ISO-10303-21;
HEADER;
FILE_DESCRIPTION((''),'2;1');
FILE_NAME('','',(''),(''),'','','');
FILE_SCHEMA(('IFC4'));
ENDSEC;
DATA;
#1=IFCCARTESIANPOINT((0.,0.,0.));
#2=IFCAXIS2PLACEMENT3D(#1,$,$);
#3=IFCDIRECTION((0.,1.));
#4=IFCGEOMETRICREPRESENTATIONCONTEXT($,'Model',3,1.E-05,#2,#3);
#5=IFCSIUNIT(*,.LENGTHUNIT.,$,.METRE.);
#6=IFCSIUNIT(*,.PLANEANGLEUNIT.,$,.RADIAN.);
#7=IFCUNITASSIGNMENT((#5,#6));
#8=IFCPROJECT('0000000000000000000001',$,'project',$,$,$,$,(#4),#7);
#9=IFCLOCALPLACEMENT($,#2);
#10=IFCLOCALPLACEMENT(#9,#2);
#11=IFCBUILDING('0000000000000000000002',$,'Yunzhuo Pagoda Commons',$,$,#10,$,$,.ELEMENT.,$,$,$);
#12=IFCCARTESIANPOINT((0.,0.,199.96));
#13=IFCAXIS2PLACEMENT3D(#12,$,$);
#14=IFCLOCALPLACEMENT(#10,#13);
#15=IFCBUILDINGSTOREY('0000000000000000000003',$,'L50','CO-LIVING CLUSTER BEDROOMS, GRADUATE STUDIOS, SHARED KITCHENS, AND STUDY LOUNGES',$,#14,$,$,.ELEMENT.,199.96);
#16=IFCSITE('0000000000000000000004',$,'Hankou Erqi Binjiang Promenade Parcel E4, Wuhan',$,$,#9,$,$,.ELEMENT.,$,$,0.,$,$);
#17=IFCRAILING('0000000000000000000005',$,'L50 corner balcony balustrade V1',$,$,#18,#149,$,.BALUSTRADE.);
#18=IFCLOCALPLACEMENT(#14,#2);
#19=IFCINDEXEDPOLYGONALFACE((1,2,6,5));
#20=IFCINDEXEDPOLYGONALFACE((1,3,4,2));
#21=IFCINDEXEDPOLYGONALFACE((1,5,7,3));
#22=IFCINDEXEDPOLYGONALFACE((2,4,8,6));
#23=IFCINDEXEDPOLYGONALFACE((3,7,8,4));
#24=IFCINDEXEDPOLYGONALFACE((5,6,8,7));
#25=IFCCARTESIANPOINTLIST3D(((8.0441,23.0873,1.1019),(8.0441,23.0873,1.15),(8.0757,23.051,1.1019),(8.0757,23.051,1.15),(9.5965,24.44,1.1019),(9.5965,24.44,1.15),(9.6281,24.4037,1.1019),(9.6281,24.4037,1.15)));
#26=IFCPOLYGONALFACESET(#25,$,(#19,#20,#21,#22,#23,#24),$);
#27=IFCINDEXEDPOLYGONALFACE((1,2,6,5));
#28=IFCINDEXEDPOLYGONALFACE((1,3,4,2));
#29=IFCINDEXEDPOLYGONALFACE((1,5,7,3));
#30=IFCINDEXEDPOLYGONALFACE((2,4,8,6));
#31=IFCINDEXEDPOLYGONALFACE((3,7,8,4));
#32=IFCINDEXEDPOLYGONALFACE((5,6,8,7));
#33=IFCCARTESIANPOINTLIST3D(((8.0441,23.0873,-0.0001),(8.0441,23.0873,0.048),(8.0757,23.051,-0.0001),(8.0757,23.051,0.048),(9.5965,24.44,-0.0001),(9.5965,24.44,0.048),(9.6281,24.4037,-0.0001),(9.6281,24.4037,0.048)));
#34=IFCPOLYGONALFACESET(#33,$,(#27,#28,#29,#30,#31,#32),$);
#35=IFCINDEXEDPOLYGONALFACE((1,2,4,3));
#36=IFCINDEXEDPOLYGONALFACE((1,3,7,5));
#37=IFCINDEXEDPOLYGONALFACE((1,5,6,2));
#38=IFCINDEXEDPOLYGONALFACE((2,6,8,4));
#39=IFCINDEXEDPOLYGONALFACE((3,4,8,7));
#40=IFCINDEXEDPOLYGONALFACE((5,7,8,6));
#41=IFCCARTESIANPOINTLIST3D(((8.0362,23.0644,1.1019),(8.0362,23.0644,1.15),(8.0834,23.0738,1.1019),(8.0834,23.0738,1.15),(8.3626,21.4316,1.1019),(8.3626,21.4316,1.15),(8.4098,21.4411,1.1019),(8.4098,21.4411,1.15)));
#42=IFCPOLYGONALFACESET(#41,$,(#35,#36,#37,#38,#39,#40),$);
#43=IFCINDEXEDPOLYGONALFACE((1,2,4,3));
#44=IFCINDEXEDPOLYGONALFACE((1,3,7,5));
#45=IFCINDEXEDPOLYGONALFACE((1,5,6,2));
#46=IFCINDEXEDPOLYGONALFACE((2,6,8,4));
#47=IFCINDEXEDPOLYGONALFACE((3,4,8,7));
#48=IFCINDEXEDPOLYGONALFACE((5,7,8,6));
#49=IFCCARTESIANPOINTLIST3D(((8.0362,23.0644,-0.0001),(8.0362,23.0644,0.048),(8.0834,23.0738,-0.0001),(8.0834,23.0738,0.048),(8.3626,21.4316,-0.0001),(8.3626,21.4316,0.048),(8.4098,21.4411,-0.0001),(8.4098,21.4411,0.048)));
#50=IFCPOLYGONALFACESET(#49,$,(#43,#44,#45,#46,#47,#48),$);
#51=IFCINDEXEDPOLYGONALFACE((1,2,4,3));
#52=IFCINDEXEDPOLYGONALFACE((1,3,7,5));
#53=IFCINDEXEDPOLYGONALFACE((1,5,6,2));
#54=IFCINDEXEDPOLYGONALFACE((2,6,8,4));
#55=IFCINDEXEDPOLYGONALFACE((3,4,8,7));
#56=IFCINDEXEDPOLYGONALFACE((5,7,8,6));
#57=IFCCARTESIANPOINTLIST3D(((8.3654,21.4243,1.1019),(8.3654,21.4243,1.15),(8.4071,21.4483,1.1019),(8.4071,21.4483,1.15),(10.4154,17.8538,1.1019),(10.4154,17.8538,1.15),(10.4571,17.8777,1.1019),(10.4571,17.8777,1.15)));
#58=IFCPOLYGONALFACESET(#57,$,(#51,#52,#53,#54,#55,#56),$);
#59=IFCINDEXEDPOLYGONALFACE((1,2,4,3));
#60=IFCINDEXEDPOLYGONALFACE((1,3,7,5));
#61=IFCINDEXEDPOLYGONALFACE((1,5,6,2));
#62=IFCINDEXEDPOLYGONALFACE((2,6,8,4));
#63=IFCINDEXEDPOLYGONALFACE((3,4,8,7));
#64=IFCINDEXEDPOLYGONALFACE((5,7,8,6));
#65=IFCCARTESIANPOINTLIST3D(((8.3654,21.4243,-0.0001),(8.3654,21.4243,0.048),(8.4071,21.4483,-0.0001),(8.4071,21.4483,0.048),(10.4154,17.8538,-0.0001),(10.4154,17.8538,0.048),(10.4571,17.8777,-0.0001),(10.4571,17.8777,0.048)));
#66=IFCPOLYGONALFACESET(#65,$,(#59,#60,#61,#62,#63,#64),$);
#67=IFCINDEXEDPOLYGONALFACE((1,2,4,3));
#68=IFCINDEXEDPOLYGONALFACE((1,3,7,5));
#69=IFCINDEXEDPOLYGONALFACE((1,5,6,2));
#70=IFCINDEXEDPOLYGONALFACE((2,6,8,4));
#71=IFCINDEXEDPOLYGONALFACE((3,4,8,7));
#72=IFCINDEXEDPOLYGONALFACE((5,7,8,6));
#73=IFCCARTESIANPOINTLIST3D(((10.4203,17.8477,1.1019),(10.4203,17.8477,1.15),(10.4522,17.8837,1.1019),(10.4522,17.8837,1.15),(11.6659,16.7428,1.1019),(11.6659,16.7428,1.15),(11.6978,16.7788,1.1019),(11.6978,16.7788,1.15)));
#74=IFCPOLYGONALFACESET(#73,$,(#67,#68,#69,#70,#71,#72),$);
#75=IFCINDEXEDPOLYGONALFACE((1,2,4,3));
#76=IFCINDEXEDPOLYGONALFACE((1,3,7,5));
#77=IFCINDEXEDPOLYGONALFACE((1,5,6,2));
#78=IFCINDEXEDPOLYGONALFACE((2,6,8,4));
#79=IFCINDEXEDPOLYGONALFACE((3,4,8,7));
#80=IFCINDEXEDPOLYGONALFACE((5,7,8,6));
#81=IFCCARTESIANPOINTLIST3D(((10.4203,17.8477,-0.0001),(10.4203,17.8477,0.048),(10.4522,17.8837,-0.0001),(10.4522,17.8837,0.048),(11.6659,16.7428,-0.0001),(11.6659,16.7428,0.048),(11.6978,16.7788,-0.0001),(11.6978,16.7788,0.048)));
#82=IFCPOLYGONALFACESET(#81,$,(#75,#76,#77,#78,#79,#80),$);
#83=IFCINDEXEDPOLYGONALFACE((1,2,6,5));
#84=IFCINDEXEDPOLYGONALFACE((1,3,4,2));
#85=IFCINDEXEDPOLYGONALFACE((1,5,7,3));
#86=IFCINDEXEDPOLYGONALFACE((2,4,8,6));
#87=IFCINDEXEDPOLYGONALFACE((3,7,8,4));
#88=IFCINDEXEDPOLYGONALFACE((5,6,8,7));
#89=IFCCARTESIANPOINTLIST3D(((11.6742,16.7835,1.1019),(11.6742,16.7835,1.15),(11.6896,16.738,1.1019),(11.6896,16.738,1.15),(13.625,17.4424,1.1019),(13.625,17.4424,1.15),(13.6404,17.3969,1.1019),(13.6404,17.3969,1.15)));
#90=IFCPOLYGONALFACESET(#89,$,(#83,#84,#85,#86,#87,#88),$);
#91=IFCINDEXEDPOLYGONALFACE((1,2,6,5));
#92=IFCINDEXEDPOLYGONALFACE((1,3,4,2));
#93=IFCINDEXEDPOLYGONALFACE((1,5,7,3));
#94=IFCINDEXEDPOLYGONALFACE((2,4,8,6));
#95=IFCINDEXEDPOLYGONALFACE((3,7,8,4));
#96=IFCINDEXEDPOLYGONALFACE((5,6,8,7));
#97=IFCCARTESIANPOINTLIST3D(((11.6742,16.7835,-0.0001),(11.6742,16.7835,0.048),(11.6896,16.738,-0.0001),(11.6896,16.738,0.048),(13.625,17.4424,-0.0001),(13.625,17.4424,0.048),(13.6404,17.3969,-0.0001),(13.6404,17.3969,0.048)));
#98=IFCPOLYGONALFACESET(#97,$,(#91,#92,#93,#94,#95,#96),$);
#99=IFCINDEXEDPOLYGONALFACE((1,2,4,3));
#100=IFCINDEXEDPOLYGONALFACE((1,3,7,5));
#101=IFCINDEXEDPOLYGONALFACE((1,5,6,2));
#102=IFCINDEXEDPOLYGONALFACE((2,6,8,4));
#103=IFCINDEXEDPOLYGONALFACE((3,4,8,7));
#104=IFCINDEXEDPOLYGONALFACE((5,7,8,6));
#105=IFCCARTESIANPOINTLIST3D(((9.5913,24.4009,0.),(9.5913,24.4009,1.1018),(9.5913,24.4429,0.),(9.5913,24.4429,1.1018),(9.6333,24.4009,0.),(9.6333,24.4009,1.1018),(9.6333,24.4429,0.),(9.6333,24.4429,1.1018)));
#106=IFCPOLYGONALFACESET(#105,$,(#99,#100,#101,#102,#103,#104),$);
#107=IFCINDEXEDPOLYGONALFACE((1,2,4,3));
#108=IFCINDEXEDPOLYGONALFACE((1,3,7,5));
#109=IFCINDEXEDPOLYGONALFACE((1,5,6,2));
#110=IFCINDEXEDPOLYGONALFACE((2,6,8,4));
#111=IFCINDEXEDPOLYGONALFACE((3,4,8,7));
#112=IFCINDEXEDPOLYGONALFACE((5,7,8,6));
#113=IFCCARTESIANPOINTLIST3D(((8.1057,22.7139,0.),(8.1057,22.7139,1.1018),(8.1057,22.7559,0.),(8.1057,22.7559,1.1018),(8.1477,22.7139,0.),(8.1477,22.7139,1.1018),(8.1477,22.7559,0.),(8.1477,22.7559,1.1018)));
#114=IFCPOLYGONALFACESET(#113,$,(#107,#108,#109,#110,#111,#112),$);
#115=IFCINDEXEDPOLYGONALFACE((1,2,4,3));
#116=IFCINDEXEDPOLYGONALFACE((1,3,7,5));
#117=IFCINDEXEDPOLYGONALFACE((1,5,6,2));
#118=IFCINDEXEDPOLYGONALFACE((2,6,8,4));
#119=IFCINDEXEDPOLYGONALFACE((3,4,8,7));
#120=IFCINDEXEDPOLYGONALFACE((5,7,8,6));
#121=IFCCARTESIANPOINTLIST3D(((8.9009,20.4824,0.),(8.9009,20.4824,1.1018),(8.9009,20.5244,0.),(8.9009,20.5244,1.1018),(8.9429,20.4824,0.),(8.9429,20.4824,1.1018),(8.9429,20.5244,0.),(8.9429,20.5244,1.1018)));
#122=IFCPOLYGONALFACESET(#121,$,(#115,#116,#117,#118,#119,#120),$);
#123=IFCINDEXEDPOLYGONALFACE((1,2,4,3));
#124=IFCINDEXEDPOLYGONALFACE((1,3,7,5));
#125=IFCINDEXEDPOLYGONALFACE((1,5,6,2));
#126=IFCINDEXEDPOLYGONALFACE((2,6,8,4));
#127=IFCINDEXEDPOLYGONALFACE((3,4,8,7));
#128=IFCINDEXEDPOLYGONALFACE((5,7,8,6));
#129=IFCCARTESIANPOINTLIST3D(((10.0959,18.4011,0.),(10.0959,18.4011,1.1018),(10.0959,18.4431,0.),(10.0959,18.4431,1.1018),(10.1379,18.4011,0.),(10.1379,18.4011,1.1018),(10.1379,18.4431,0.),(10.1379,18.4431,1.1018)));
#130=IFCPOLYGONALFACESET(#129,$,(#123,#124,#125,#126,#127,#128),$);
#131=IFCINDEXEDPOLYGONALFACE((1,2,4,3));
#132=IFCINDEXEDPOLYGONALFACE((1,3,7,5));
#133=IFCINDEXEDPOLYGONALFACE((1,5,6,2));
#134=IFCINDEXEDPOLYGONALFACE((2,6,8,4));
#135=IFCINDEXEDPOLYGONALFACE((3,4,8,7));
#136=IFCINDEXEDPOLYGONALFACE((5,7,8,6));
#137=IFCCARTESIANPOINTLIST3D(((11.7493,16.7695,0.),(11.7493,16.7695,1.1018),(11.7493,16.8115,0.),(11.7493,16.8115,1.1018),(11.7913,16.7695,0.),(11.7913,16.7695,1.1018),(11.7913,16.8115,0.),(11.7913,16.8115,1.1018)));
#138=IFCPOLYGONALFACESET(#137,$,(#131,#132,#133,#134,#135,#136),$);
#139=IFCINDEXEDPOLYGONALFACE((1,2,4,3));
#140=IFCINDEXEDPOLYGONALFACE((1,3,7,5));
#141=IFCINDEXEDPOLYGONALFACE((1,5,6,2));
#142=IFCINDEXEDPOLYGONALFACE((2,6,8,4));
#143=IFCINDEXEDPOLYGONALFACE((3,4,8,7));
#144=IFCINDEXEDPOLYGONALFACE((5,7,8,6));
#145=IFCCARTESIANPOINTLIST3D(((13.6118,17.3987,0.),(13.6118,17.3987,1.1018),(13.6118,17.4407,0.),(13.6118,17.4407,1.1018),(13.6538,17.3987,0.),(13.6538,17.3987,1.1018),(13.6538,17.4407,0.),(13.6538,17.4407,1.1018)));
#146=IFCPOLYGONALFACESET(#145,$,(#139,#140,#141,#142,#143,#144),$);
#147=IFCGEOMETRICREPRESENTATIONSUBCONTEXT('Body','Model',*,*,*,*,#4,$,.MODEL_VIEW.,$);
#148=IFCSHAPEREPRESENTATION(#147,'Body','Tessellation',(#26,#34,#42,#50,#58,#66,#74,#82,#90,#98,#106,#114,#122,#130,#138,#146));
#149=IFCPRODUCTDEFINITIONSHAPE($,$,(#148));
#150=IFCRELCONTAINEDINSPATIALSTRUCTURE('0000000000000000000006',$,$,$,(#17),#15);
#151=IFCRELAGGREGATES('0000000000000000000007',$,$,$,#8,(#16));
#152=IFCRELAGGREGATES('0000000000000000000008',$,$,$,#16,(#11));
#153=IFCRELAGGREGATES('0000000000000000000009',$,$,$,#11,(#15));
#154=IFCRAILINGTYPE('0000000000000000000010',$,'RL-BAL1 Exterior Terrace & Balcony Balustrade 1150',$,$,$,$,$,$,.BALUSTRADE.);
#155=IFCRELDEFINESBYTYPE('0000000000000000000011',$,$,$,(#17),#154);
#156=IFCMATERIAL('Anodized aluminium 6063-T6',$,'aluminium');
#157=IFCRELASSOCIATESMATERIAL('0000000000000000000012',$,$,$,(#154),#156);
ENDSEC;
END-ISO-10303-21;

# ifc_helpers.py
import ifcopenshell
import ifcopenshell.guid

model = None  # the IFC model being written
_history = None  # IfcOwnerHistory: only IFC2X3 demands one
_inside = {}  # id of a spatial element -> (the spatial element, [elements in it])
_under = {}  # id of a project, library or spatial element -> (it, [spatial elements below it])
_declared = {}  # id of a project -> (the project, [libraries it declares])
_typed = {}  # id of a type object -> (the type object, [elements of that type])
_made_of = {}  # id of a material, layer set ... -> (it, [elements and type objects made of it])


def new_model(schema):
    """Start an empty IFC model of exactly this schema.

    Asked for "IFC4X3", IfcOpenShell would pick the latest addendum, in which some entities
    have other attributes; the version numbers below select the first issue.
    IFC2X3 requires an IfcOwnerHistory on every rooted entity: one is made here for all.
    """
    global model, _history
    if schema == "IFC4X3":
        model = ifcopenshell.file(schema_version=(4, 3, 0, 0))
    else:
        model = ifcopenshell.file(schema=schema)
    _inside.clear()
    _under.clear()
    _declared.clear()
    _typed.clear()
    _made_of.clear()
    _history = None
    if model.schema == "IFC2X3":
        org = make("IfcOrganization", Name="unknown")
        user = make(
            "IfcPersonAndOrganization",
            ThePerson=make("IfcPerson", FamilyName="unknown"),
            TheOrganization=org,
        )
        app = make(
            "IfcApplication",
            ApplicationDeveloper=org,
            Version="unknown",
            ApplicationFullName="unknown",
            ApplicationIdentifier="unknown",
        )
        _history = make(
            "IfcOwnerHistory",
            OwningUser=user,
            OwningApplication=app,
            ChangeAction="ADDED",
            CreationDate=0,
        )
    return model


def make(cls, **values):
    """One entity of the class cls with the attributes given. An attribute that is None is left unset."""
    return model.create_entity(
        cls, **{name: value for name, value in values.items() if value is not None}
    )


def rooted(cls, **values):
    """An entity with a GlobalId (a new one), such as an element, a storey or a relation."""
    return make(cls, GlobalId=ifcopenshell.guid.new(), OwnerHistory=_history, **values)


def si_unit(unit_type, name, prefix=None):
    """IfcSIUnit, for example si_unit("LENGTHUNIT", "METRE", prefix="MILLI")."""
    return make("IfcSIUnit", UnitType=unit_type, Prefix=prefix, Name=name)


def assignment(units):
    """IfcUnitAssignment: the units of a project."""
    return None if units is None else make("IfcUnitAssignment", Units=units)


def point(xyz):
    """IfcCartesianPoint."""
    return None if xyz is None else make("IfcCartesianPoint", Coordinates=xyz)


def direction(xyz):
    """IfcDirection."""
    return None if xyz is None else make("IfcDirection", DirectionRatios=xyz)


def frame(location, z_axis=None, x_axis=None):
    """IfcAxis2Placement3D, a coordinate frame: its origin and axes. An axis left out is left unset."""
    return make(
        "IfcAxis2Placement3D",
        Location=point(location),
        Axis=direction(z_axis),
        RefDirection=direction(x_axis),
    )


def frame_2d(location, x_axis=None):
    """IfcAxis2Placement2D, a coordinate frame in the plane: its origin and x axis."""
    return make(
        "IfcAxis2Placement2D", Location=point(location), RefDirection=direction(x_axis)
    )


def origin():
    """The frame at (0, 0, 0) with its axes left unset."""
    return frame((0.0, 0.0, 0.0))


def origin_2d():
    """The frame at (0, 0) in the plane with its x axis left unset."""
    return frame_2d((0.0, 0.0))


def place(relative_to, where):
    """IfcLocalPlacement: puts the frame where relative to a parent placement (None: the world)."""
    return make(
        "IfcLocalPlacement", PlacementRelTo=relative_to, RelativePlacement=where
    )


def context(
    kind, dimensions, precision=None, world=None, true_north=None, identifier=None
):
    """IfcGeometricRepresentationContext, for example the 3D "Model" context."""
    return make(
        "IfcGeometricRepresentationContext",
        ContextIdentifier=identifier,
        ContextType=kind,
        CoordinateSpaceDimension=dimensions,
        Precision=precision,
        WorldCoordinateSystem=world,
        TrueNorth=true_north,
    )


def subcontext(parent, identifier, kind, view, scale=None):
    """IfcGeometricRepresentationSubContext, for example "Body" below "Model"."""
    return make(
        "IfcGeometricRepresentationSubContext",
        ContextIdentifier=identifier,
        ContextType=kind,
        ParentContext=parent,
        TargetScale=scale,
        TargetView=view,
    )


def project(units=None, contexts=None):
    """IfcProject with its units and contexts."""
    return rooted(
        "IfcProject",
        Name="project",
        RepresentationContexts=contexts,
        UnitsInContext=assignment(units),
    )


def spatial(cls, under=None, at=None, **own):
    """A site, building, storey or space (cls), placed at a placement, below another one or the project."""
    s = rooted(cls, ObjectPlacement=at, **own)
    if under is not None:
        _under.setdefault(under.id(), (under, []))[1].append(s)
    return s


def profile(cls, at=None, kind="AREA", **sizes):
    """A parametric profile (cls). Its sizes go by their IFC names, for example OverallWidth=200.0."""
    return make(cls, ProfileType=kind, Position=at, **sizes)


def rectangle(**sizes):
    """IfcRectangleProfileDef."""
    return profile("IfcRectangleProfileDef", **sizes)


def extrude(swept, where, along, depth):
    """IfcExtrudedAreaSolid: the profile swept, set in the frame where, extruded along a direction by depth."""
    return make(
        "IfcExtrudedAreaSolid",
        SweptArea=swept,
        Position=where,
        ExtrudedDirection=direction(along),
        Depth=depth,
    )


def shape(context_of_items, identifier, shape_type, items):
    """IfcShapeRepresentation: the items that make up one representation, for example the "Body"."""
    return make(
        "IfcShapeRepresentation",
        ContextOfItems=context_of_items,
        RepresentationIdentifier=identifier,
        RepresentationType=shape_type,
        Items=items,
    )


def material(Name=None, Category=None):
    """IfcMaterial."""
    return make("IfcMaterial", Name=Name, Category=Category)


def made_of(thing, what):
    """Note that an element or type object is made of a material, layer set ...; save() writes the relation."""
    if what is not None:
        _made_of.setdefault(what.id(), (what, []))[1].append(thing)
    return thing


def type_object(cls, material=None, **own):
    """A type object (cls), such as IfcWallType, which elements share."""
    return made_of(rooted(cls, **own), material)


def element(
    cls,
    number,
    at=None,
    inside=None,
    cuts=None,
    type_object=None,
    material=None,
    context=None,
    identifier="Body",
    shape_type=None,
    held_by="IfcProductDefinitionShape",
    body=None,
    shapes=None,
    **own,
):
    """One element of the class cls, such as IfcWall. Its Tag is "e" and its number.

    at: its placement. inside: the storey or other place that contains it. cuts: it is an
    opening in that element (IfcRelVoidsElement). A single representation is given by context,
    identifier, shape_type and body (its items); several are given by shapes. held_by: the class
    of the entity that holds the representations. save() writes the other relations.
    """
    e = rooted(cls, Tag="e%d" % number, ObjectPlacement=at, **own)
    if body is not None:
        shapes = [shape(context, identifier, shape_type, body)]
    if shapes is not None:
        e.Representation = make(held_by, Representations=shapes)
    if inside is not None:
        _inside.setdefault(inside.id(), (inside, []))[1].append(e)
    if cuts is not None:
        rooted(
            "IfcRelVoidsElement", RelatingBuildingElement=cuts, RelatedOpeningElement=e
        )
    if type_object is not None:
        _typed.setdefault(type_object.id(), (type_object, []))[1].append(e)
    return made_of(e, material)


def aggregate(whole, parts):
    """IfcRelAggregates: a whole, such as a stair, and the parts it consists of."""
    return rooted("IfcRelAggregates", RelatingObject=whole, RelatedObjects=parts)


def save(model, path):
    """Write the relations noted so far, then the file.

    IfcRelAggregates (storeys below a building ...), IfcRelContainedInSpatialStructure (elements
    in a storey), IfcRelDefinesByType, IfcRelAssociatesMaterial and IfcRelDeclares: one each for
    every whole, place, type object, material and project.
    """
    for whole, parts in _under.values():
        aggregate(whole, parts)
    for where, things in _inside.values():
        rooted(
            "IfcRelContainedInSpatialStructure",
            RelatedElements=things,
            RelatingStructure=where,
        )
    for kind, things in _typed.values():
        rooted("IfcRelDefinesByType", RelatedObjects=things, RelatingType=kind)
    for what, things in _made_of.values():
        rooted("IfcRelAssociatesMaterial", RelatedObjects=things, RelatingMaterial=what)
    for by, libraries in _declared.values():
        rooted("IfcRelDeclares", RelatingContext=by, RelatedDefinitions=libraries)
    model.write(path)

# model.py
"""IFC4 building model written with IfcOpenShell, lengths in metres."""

from ifc_helpers import new_model, si_unit, direction, frame, origin, origin_2d, place, context, subcontext, project, spatial, rectangle, extrude, material, type_object, element, save


model = new_model("IFC4")

# Units and contexts
model_context = context("Model", 3, precision=1e-05, world=origin(), true_north=direction((0.0, 1.0)))
body_context = subcontext(model_context, "Body", "Model", "MODEL_VIEW")
ifc_project = project(units=[si_unit("LENGTHUNIT", "METRE"), si_unit("PLANEANGLEUNIT", "RADIAN")], contexts=[model_context])

# Site, building, storey
site_placement = place(None, origin())
site = spatial("IfcSite", under=ifc_project, at=site_placement, Name="Hankou Erqi Binjiang Promenade Parcel E4, Wuhan", CompositionType="ELEMENT", RefElevation=0.0)
building_placement = place(site_placement, origin())
building = spatial("IfcBuilding", under=site, at=building_placement, Name="Yunzhuo Pagoda Commons", CompositionType="ELEMENT")
storey_placement = place(building_placement, frame((0.0, 0.0, 199.96)))
storey = spatial("IfcBuildingStorey", under=building, at=storey_placement, Name="L50", Description="CO-LIVING CLUSTER BEDROOMS, GRADUATE STUDIOS, SHARED KITCHENS, AND STUDY LOUNGES", CompositionType="ELEMENT", Elevation=199.96)

# Shared definitions
ifc_material_1 = material(Name="Anodized aluminium 6063-T6", Category="aluminium")

# Railing
railing_type = type_object("IfcRailingType", Name="RL-BAL1 Exterior Terrace & Balcony Balustrade 1150", PredefinedType="BALUSTRADE", material=ifc_material_1)
railing_placement = place(storey_placement, frame((9.6123, 24.4219, 0.0)))
element("IfcRailing", 1, at=railing_placement, inside=storey, type_object=railing_type, Name="L50 corner balcony balustrade V1", PredefinedType="BALUSTRADE", context=body_context, shape_type="SweptSolid", body=[
    extrude(rectangle(XDim=0.0481, YDim=0.0481, at=origin_2d()), frame((0.0, 0.0, 1.126), z_axis=(-0.753934, -0.65695, 0.0), x_axis=(0.65695, -0.753934, 0.0)), (0.0, 0.0, 1.0), 2.0591),
    extrude(rectangle(XDim=0.0481, YDim=0.0481, at=origin_2d()), frame((0.0, 0.0, 0.0239), z_axis=(-0.753934, -0.65695, 0.0), x_axis=(0.65695, -0.753934, 0.0)), (0.0, 0.0, 1.0), 2.0591),
    extrude(rectangle(XDim=0.0481, YDim=0.0481, at=origin_2d()), frame((-1.5525, -1.3528, 1.126), z_axis=(0.196032, -0.980598, 0.0), x_axis=(0.980598, 0.196032, 0.0)), (0.0, 0.0, 1.0), 1.665),
    extrude(rectangle(XDim=0.0481, YDim=0.0481, at=origin_2d()), frame((-1.5525, -1.3528, 0.0239), z_axis=(0.196032, -0.980598, 0.0), x_axis=(0.980598, 0.196032, 0.0)), (0.0, 0.0, 1.0), 1.665),
    extrude(rectangle(XDim=0.0481, YDim=0.0481, at=origin_2d()), frame((-1.2261, -2.9856, 1.126), z_axis=(0.49792, -0.867223, 0.0), x_axis=(0.867223, 0.49792, 0.0)), (0.0, 0.0, 1.0), 4.1172),
    extrude(rectangle(XDim=0.0481, YDim=0.0481, at=origin_2d()), frame((-1.2261, -2.9856, 0.0239), z_axis=(0.49792, -0.867223, 0.0), x_axis=(0.867223, 0.49792, 0.0)), (0.0, 0.0, 1.0), 4.1172),
    extrude(rectangle(XDim=0.0481, YDim=0.0481, at=origin_2d()), frame((0.824, -6.5562, 1.126), z_axis=(0.748072, -0.663617, 0.0), x_axis=(0.663617, 0.748072, 0.0)), (0.0, 0.0, 1.0), 1.665),
    extrude(rectangle(XDim=0.0481, YDim=0.0481, at=origin_2d()), frame((0.824, -6.5562, 0.0239), z_axis=(0.748072, -0.663617, 0.0), x_axis=(0.663617, 0.748072, 0.0)), (0.0, 0.0, 1.0), 1.665),
    extrude(rectangle(XDim=0.0481, YDim=0.0481, at=origin_2d()), frame((2.0696, -7.6611, 1.126), z_axis=(0.947419, 0.319996, 0.0), x_axis=(-0.319996, 0.947419, 0.0)), (0.0, 0.0, 1.0), 2.0591),
    extrude(rectangle(XDim=0.0481, YDim=0.0481, at=origin_2d()), frame((2.0696, -7.6611, 0.0239), z_axis=(0.947419, 0.319996, 0.0), x_axis=(-0.319996, 0.947419, 0.0)), (0.0, 0.0, 1.0), 2.0591),
    extrude(rectangle(XDim=0.042, YDim=0.042, at=origin_2d()), origin(), (0.0, 0.0, 1.0), 1.1018),
    extrude(rectangle(XDim=0.042, YDim=0.042, at=origin_2d()), frame((-1.4856, -1.687, 0.0)), (0.0, 0.0, 1.0), 1.1018),
    extrude(rectangle(XDim=0.042, YDim=0.042, at=origin_2d()), frame((-0.6904, -3.9185, 0.0)), (0.0, 0.0, 1.0), 1.1018),
    extrude(rectangle(XDim=0.042, YDim=0.042, at=origin_2d()), frame((0.5046, -5.9998, 0.0)), (0.0, 0.0, 1.0), 1.1018),
    extrude(rectangle(XDim=0.042, YDim=0.042, at=origin_2d()), frame((2.158, -7.6313, 0.0)), (0.0, 0.0, 1.0), 1.1018),
    extrude(rectangle(XDim=0.042, YDim=0.042, at=origin_2d()), frame((4.0205, -7.0022, 0.0)), (0.0, 0.0, 1.0), 1.1018),
])

save(model, "model.ifc")
